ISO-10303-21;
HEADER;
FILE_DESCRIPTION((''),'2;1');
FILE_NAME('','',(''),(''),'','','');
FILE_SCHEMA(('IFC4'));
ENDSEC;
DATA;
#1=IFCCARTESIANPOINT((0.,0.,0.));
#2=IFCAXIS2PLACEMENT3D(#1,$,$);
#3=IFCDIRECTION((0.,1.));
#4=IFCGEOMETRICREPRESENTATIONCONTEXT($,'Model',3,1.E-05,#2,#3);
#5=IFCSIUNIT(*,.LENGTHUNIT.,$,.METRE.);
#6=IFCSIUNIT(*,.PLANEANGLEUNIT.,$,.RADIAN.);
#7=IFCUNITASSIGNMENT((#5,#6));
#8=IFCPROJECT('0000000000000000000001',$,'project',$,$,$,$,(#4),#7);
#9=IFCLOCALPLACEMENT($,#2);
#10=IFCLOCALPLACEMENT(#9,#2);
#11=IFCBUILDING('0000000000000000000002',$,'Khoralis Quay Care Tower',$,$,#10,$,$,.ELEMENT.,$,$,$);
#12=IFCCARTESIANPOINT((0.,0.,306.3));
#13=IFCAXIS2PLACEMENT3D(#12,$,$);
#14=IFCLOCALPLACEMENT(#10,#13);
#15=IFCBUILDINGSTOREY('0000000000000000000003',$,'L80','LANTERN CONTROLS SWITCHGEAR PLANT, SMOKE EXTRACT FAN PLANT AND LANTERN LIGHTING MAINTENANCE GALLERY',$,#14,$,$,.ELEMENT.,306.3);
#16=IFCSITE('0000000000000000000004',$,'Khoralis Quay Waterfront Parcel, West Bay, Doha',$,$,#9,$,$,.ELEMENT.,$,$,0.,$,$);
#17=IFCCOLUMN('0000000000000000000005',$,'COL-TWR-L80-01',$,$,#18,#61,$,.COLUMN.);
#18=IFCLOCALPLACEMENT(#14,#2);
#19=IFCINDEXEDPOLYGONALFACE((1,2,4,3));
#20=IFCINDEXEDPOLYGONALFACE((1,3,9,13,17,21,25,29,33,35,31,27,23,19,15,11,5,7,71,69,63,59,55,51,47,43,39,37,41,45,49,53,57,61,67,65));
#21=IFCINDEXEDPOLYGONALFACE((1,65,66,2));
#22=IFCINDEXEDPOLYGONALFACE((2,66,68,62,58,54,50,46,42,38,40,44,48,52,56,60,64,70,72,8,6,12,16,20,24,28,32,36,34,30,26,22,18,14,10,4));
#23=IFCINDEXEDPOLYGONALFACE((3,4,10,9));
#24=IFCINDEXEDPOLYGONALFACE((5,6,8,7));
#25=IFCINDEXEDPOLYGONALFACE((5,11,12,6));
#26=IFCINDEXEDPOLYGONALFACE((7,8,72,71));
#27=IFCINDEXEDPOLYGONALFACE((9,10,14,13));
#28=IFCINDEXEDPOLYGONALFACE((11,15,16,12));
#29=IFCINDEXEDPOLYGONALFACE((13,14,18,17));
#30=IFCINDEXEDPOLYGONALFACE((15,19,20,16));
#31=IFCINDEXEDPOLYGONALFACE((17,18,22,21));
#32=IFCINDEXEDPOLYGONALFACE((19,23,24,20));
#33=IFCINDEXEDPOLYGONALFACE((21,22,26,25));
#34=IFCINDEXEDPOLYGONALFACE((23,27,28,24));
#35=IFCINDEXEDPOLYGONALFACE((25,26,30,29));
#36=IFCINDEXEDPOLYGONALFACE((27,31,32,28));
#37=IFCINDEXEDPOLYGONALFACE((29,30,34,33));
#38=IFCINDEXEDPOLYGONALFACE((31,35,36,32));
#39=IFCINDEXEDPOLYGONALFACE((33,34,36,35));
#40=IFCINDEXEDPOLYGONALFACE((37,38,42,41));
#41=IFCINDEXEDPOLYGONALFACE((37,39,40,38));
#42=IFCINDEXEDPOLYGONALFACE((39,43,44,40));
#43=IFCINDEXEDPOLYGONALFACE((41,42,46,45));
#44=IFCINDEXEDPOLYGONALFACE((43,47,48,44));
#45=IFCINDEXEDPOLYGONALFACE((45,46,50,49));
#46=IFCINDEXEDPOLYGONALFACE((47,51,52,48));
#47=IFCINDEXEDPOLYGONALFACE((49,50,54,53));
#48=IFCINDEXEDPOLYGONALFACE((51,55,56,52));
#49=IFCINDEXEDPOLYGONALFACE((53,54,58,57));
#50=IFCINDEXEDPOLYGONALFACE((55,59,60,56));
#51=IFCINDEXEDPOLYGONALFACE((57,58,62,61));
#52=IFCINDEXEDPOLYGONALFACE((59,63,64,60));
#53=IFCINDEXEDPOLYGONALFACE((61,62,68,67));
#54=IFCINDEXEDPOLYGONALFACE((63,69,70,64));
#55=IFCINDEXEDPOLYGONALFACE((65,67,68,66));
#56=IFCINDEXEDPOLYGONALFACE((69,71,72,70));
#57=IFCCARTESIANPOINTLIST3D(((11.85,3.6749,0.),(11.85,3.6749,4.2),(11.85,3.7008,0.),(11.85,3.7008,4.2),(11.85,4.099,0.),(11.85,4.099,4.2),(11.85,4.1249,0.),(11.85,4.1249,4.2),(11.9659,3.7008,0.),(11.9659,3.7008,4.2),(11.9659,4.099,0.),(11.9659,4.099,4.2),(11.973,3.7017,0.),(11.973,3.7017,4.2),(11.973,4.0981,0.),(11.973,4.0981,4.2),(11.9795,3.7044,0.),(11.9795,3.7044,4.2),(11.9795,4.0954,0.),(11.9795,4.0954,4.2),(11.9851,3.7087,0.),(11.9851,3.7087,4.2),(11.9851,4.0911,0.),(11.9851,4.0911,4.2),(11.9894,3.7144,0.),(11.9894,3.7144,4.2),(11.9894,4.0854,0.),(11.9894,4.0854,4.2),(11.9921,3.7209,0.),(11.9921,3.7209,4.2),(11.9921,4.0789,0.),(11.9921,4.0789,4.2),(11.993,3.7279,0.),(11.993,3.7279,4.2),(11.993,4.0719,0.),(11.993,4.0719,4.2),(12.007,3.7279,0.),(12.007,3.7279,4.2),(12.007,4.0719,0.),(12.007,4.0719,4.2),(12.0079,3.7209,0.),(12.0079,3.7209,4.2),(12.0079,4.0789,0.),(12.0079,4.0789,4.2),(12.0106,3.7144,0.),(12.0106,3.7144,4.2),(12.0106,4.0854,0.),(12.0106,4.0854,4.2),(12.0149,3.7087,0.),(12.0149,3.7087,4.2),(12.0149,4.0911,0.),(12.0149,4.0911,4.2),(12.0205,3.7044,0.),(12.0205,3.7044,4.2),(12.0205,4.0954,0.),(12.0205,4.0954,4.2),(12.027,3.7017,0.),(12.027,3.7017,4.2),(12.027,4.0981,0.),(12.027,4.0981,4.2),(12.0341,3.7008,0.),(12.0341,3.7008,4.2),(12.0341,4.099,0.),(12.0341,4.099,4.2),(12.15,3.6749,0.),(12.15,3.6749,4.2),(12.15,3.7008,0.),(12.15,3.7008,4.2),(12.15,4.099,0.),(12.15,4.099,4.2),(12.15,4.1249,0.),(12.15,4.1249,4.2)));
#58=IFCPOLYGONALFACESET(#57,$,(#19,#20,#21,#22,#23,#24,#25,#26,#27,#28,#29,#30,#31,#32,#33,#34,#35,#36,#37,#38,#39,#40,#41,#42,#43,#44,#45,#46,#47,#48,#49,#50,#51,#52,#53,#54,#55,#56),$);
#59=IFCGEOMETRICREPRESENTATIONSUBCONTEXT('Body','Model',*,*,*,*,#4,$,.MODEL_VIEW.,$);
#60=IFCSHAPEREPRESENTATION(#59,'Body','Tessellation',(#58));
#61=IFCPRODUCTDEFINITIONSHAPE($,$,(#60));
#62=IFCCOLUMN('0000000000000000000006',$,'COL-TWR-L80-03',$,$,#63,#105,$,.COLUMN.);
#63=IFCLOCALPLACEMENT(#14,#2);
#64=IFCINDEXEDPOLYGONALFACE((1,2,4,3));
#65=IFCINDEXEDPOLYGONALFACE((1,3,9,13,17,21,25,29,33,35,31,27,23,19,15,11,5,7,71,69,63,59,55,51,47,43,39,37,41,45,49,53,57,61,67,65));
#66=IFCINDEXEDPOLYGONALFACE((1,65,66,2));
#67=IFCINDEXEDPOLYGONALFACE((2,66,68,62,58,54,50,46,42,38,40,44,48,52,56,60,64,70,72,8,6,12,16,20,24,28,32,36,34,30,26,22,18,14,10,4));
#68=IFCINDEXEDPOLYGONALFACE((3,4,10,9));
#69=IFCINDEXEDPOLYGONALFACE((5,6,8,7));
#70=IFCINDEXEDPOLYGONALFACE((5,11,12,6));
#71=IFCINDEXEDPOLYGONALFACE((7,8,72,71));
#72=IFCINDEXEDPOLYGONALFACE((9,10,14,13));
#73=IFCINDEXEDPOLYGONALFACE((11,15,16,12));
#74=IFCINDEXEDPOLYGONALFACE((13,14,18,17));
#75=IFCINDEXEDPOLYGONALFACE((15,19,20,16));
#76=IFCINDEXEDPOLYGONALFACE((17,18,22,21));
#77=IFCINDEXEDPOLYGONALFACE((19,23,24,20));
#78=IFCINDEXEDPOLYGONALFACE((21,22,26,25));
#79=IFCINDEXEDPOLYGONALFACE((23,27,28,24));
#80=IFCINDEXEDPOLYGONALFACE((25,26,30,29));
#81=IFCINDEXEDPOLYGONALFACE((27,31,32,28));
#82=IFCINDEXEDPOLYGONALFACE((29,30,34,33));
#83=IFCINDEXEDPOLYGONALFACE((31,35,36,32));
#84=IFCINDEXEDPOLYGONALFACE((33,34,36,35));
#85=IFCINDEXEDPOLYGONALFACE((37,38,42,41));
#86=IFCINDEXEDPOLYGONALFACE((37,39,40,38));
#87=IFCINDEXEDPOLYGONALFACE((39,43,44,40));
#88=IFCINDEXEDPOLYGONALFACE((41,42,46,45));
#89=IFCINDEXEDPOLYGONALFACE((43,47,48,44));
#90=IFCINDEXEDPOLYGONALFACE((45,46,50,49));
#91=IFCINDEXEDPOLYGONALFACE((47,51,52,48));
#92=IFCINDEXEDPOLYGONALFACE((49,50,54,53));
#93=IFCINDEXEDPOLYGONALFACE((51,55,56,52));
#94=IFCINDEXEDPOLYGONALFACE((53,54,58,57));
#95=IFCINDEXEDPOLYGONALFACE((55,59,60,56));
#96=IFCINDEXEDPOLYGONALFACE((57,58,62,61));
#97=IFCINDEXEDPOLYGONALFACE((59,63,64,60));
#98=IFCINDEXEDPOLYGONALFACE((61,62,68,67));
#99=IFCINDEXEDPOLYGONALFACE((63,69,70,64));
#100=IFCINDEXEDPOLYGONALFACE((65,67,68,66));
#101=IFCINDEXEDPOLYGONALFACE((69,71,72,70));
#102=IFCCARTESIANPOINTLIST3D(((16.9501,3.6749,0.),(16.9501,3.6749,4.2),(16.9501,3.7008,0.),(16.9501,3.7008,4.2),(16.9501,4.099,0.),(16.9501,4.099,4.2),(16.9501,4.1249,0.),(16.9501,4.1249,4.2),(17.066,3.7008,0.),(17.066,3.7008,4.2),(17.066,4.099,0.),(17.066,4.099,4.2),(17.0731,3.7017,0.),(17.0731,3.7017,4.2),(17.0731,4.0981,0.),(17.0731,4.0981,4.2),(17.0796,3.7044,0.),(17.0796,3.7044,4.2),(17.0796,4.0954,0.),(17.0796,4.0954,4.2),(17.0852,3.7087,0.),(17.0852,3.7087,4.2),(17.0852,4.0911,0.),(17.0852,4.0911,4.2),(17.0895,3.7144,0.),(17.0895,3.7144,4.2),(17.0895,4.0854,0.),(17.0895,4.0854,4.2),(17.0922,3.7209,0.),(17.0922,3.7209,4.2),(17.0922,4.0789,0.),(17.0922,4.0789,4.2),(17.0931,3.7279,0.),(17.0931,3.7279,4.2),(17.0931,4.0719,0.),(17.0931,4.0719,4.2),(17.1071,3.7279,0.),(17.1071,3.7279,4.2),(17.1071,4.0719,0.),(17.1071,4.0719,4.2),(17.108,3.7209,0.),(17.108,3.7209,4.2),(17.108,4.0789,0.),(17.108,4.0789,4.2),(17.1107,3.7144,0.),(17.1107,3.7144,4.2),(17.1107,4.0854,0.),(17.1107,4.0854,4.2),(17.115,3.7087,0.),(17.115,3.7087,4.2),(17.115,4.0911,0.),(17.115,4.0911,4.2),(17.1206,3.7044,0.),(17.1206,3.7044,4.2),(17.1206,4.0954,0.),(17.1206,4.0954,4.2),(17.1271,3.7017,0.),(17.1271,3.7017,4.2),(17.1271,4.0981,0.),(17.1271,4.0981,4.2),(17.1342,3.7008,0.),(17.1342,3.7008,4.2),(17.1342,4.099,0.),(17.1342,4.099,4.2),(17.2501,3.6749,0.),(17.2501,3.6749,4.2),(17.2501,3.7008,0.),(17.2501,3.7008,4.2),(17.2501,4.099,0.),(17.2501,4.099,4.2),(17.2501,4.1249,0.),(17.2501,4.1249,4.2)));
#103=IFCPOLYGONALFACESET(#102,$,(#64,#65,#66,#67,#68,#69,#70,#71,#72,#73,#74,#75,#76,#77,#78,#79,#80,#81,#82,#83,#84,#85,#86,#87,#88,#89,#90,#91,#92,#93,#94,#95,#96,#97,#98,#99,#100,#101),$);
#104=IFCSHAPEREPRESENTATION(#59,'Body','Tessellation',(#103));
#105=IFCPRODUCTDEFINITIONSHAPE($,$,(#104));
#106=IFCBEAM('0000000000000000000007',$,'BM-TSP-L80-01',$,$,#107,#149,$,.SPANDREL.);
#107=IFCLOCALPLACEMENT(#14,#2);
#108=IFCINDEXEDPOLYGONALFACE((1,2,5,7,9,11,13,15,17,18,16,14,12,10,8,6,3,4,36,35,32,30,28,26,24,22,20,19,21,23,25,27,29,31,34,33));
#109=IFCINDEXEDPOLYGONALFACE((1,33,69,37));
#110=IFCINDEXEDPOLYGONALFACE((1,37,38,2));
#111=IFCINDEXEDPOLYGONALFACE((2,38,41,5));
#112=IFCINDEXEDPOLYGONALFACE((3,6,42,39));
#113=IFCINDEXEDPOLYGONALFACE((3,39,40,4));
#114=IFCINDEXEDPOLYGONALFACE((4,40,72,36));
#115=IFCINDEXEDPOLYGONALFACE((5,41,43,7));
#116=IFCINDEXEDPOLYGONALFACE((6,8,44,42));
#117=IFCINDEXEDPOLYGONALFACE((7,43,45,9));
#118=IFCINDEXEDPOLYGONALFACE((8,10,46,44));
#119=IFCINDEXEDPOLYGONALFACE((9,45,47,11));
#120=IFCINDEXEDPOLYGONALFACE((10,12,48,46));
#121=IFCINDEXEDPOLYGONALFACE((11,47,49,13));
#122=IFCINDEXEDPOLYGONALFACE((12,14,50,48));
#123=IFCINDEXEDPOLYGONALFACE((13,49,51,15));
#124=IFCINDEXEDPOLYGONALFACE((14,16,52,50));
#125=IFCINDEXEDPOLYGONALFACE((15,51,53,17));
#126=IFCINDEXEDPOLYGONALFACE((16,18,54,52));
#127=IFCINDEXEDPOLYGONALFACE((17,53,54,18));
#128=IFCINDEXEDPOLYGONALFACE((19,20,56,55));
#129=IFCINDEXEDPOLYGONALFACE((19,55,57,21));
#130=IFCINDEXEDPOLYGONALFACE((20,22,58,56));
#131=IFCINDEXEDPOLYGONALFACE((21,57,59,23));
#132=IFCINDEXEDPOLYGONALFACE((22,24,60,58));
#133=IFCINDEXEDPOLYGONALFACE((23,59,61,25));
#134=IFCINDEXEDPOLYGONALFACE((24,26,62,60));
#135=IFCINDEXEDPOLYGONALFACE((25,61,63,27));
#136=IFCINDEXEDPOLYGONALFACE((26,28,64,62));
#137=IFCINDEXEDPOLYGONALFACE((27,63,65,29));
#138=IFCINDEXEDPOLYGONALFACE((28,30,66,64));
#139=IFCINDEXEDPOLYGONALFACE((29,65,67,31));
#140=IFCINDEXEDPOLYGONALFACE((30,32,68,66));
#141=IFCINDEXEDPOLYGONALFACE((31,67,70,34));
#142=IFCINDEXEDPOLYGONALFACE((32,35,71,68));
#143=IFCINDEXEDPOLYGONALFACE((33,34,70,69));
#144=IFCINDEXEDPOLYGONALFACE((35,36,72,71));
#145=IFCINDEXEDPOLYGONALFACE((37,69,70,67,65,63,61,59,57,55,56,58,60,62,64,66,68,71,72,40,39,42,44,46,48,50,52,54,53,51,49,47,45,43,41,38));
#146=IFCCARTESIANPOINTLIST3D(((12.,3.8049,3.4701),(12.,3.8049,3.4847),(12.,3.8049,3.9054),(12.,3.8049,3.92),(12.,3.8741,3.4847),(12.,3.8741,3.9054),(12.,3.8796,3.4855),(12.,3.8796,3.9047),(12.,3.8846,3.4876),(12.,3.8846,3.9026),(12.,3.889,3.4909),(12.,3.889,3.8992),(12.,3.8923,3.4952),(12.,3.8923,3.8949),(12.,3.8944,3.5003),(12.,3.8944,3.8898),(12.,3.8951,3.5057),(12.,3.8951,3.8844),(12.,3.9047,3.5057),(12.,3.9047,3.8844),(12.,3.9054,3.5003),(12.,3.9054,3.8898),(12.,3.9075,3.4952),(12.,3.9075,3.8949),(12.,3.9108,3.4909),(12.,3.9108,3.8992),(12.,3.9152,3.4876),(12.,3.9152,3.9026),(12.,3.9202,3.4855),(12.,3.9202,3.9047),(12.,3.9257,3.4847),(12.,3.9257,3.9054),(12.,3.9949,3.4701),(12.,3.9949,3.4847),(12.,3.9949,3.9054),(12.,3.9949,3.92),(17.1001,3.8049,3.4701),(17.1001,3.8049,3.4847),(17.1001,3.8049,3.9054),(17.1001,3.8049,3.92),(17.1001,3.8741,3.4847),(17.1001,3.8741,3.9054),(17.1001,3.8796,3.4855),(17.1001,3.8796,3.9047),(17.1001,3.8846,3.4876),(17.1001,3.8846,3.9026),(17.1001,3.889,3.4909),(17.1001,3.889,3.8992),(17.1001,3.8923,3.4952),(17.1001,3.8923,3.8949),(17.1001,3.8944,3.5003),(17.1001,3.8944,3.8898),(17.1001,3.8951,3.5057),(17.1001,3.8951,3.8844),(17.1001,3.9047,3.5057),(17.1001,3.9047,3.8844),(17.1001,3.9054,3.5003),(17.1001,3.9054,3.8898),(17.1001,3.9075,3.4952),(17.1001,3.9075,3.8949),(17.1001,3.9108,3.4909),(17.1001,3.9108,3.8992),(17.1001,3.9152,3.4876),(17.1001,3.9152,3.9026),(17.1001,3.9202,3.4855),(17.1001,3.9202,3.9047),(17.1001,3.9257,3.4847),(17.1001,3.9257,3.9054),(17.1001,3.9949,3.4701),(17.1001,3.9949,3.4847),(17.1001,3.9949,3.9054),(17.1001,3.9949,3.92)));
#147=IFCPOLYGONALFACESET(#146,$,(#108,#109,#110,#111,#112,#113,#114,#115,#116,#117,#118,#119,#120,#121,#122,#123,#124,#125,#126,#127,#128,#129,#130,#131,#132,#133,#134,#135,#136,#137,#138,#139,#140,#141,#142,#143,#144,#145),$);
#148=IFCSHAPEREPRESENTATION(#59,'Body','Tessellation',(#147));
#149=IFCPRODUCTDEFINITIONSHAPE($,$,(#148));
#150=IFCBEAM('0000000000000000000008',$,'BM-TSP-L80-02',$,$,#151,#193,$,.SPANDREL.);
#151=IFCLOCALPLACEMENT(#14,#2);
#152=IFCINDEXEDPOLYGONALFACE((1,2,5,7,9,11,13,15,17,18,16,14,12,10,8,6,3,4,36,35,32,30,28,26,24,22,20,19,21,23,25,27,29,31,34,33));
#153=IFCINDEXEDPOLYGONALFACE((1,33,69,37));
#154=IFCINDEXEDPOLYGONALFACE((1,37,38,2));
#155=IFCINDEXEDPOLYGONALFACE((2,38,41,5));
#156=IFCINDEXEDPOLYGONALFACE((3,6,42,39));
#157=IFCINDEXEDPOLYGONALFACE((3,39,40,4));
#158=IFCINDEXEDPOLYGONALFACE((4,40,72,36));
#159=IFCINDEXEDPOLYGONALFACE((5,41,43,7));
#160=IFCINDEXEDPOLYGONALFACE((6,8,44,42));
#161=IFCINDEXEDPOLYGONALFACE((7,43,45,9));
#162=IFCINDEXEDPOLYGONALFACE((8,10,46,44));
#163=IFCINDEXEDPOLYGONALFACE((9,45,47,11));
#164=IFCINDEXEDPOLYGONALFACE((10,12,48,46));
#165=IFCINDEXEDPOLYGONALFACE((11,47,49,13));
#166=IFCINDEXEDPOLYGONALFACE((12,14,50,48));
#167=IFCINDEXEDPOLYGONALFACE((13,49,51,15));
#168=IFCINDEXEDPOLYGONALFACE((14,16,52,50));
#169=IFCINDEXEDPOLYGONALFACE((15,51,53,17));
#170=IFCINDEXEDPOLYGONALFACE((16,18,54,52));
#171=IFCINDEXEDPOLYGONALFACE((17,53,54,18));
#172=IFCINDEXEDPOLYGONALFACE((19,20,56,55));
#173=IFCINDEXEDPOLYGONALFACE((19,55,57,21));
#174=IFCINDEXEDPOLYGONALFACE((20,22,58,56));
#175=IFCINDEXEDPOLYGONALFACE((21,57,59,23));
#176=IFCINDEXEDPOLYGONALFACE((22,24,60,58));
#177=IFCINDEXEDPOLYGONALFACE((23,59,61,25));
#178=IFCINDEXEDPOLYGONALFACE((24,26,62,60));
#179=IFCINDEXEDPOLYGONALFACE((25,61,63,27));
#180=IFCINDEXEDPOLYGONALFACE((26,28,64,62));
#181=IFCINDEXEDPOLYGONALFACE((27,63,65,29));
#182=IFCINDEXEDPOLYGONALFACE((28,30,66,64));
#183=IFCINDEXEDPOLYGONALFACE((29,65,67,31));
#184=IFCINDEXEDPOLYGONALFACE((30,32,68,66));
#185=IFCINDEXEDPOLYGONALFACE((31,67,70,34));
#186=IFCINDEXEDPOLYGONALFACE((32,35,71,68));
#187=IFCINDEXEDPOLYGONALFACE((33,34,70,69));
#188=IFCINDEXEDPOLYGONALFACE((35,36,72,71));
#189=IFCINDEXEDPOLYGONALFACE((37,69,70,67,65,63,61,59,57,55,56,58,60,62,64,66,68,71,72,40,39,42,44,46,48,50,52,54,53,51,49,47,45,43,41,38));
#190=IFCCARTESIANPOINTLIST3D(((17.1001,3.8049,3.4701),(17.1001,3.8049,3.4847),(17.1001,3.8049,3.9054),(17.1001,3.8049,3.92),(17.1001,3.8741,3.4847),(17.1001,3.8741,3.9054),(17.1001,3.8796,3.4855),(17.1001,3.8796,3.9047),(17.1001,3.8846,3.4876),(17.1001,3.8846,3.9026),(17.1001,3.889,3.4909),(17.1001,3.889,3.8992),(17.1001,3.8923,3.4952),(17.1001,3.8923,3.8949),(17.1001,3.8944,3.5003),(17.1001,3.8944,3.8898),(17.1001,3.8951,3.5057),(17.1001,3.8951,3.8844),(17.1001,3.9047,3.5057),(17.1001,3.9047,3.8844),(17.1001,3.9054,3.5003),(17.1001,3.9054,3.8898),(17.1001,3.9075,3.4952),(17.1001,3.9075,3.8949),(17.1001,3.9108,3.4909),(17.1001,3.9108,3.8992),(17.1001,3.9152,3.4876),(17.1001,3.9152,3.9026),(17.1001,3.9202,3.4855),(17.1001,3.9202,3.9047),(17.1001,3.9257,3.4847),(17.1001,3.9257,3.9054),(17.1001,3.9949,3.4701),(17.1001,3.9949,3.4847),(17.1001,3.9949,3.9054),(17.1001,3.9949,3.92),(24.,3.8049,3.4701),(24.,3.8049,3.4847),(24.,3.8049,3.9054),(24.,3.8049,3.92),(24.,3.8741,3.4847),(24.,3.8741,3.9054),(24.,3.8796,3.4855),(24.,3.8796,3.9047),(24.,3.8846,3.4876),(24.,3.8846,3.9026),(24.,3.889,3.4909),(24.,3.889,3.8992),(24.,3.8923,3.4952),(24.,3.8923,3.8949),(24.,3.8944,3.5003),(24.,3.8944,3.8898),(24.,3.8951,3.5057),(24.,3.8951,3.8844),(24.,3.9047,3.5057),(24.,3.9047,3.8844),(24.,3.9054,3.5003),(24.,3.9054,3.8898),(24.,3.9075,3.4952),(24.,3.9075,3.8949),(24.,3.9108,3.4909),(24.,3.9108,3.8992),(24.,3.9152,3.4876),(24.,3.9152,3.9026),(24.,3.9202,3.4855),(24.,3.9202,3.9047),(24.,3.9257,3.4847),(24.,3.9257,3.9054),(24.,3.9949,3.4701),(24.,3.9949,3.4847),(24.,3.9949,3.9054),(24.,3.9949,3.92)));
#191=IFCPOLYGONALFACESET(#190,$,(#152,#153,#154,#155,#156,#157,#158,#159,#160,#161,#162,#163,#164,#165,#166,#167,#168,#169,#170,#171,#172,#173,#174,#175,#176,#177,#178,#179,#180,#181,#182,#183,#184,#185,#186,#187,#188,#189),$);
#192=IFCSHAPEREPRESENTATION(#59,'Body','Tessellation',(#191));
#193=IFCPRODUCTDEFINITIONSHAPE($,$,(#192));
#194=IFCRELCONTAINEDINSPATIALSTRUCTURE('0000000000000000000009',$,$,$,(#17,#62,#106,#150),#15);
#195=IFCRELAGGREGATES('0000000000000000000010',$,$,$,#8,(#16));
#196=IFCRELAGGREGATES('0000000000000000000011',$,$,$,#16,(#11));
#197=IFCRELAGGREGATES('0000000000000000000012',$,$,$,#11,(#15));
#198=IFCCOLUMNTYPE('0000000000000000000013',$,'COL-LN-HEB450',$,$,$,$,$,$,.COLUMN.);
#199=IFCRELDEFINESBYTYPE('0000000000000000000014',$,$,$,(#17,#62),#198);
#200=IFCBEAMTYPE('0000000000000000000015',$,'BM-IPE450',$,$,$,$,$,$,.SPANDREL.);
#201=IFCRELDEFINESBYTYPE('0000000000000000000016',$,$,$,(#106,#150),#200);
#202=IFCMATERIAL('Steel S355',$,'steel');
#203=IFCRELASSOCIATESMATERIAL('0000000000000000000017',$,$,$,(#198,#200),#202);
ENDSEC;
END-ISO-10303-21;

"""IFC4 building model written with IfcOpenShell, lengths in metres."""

from ifc_helpers import new_model, si_unit, direction, frame, origin, origin_2d, place, context, subcontext, project, spatial, i_section, extrude, source, transform, mapped, material, material_profile, profile_set, type_object, element, save


model = new_model("IFC4")

# Units and contexts
model_context = context("Model", 3, precision=1e-05, world=origin(), true_north=direction((0.0, 1.0)))
body_context = subcontext(model_context, "Body", "Model", "MODEL_VIEW")
ifc_project = project(units=[si_unit("LENGTHUNIT", "METRE"), si_unit("PLANEANGLEUNIT", "RADIAN")], contexts=[model_context])

# Site, building, storey
site_placement = place(None, origin())
site = spatial("IfcSite", under=ifc_project, at=site_placement, Name="Khoralis Quay Waterfront Parcel, West Bay, Doha", CompositionType="ELEMENT", RefElevation=0.0)
building_placement = place(site_placement, origin())
building = spatial("IfcBuilding", under=site, at=building_placement, Name="Khoralis Quay Care Tower", CompositionType="ELEMENT")
storey_placement = place(building_placement, frame((0.0, 0.0, 306.3)))
storey = spatial("IfcBuildingStorey", under=building, at=storey_placement, Name="L80", Description="LANTERN CONTROLS SWITCHGEAR PLANT, SMOKE EXTRACT FAN PLANT AND LANTERN LIGHTING MAINTENANCE GALLERY", CompositionType="ELEMENT", Elevation=306.3)

# Columns
ifc_material_1 = material(Name="Steel S355", Category="steel")
ifc_material_profile_1 = material_profile(ifc_material_1, i_section(OverallWidth=0.3, OverallDepth=0.45, WebThickness=0.0139, FlangeThickness=0.0259, FilletRadius=0.0271, at=origin_2d()), Name="Steel S355")
ifc_profile_set_1 = profile_set([ifc_material_profile_1], Name="Steel S355")
column_type = type_object("IfcColumnType", Name="COL-LN-HEB450", PredefinedType="COLUMN", material=ifc_profile_set_1)
shared_shape_1 = source(origin(), body_context, "Body", "SweptSolid", [
    extrude(i_section(OverallWidth=0.3, OverallDepth=0.45, WebThickness=0.0139, FlangeThickness=0.0259, FilletRadius=0.0271, at=origin_2d()), origin(), (0.0, 0.0, 1.0), 4.2),
])
for number, where, z_axis, x_axis, name in (
    (1, (12.0, 3.8999, 0.0), (0.0, 0.0, 1.0), (1.0, 0.0, 0.0), "COL-TWR-L80-01"),
    (2, (17.1001, 3.8999, 0.0), (0.0, 0.0, 1.0), (1.0, 0.0, 0.0), "COL-TWR-L80-03"),
):
    element("IfcColumn", number, at=place(storey_placement, frame(where, z_axis=z_axis, x_axis=x_axis)), inside=storey, type_object=column_type, Name=name, PredefinedType="COLUMN", context=body_context, shape_type="MappedRepresentation", body=[
        mapped(shared_shape_1, transform((0.0, 0.0, 0.0), scale=1.0)),
    ])

# Beams
ifc_material_profile_2 = material_profile(ifc_material_1, i_section(OverallWidth=0.1899, OverallDepth=0.45, WebThickness=0.0095, FlangeThickness=0.0146, FilletRadius=0.021, at=origin_2d()), Name="Steel S355")
ifc_profile_set_2 = profile_set([ifc_material_profile_2], Name="Steel S355")
beam_type_1 = type_object("IfcBeamType", Name="BM-IPE450", PredefinedType="SPANDREL", material=ifc_profile_set_2)
shared_shape_2 = source(origin(), body_context, "Body", "SweptSolid", [
    extrude(i_section(OverallWidth=0.1899, OverallDepth=0.45, WebThickness=0.0095, FlangeThickness=0.0146, FilletRadius=0.021, at=origin_2d()), origin(), (0.0, 0.0, 1.0), 5.1001),
])
beam_1_placement = place(storey_placement, frame((12.0, 3.8999, 3.6951), z_axis=(1.0, 0.0, 0.0), x_axis=(0.0, 1.0, 0.0)))
element("IfcBeam", 3, at=beam_1_placement, inside=storey, type_object=beam_type_1, Name="BM-TSP-L80-01", PredefinedType="SPANDREL", context=body_context, shape_type="MappedRepresentation", body=[
    mapped(shared_shape_2, transform((0.0, 0.0, 0.0), scale=1.0)),
])
shared_shape_3 = source(origin(), body_context, "Body", "SweptSolid", [
    extrude(i_section(OverallWidth=0.1899, OverallDepth=0.45, WebThickness=0.0095, FlangeThickness=0.0146, FilletRadius=0.021, at=origin_2d()), origin(), (0.0, 0.0, 1.0), 6.8999),
])
beam_2_placement = place(storey_placement, frame((17.1001, 3.8999, 3.6951), z_axis=(1.0, 0.0, 0.0), x_axis=(0.0, 1.0, 0.0)))
element("IfcBeam", 4, at=beam_2_placement, inside=storey, type_object=beam_type_1, Name="BM-TSP-L80-02", PredefinedType="SPANDREL", context=body_context, shape_type="MappedRepresentation", body=[
    mapped(shared_shape_3, transform((0.0, 0.0, 0.0), scale=1.0)),
])

save(model, "model.ifc")
